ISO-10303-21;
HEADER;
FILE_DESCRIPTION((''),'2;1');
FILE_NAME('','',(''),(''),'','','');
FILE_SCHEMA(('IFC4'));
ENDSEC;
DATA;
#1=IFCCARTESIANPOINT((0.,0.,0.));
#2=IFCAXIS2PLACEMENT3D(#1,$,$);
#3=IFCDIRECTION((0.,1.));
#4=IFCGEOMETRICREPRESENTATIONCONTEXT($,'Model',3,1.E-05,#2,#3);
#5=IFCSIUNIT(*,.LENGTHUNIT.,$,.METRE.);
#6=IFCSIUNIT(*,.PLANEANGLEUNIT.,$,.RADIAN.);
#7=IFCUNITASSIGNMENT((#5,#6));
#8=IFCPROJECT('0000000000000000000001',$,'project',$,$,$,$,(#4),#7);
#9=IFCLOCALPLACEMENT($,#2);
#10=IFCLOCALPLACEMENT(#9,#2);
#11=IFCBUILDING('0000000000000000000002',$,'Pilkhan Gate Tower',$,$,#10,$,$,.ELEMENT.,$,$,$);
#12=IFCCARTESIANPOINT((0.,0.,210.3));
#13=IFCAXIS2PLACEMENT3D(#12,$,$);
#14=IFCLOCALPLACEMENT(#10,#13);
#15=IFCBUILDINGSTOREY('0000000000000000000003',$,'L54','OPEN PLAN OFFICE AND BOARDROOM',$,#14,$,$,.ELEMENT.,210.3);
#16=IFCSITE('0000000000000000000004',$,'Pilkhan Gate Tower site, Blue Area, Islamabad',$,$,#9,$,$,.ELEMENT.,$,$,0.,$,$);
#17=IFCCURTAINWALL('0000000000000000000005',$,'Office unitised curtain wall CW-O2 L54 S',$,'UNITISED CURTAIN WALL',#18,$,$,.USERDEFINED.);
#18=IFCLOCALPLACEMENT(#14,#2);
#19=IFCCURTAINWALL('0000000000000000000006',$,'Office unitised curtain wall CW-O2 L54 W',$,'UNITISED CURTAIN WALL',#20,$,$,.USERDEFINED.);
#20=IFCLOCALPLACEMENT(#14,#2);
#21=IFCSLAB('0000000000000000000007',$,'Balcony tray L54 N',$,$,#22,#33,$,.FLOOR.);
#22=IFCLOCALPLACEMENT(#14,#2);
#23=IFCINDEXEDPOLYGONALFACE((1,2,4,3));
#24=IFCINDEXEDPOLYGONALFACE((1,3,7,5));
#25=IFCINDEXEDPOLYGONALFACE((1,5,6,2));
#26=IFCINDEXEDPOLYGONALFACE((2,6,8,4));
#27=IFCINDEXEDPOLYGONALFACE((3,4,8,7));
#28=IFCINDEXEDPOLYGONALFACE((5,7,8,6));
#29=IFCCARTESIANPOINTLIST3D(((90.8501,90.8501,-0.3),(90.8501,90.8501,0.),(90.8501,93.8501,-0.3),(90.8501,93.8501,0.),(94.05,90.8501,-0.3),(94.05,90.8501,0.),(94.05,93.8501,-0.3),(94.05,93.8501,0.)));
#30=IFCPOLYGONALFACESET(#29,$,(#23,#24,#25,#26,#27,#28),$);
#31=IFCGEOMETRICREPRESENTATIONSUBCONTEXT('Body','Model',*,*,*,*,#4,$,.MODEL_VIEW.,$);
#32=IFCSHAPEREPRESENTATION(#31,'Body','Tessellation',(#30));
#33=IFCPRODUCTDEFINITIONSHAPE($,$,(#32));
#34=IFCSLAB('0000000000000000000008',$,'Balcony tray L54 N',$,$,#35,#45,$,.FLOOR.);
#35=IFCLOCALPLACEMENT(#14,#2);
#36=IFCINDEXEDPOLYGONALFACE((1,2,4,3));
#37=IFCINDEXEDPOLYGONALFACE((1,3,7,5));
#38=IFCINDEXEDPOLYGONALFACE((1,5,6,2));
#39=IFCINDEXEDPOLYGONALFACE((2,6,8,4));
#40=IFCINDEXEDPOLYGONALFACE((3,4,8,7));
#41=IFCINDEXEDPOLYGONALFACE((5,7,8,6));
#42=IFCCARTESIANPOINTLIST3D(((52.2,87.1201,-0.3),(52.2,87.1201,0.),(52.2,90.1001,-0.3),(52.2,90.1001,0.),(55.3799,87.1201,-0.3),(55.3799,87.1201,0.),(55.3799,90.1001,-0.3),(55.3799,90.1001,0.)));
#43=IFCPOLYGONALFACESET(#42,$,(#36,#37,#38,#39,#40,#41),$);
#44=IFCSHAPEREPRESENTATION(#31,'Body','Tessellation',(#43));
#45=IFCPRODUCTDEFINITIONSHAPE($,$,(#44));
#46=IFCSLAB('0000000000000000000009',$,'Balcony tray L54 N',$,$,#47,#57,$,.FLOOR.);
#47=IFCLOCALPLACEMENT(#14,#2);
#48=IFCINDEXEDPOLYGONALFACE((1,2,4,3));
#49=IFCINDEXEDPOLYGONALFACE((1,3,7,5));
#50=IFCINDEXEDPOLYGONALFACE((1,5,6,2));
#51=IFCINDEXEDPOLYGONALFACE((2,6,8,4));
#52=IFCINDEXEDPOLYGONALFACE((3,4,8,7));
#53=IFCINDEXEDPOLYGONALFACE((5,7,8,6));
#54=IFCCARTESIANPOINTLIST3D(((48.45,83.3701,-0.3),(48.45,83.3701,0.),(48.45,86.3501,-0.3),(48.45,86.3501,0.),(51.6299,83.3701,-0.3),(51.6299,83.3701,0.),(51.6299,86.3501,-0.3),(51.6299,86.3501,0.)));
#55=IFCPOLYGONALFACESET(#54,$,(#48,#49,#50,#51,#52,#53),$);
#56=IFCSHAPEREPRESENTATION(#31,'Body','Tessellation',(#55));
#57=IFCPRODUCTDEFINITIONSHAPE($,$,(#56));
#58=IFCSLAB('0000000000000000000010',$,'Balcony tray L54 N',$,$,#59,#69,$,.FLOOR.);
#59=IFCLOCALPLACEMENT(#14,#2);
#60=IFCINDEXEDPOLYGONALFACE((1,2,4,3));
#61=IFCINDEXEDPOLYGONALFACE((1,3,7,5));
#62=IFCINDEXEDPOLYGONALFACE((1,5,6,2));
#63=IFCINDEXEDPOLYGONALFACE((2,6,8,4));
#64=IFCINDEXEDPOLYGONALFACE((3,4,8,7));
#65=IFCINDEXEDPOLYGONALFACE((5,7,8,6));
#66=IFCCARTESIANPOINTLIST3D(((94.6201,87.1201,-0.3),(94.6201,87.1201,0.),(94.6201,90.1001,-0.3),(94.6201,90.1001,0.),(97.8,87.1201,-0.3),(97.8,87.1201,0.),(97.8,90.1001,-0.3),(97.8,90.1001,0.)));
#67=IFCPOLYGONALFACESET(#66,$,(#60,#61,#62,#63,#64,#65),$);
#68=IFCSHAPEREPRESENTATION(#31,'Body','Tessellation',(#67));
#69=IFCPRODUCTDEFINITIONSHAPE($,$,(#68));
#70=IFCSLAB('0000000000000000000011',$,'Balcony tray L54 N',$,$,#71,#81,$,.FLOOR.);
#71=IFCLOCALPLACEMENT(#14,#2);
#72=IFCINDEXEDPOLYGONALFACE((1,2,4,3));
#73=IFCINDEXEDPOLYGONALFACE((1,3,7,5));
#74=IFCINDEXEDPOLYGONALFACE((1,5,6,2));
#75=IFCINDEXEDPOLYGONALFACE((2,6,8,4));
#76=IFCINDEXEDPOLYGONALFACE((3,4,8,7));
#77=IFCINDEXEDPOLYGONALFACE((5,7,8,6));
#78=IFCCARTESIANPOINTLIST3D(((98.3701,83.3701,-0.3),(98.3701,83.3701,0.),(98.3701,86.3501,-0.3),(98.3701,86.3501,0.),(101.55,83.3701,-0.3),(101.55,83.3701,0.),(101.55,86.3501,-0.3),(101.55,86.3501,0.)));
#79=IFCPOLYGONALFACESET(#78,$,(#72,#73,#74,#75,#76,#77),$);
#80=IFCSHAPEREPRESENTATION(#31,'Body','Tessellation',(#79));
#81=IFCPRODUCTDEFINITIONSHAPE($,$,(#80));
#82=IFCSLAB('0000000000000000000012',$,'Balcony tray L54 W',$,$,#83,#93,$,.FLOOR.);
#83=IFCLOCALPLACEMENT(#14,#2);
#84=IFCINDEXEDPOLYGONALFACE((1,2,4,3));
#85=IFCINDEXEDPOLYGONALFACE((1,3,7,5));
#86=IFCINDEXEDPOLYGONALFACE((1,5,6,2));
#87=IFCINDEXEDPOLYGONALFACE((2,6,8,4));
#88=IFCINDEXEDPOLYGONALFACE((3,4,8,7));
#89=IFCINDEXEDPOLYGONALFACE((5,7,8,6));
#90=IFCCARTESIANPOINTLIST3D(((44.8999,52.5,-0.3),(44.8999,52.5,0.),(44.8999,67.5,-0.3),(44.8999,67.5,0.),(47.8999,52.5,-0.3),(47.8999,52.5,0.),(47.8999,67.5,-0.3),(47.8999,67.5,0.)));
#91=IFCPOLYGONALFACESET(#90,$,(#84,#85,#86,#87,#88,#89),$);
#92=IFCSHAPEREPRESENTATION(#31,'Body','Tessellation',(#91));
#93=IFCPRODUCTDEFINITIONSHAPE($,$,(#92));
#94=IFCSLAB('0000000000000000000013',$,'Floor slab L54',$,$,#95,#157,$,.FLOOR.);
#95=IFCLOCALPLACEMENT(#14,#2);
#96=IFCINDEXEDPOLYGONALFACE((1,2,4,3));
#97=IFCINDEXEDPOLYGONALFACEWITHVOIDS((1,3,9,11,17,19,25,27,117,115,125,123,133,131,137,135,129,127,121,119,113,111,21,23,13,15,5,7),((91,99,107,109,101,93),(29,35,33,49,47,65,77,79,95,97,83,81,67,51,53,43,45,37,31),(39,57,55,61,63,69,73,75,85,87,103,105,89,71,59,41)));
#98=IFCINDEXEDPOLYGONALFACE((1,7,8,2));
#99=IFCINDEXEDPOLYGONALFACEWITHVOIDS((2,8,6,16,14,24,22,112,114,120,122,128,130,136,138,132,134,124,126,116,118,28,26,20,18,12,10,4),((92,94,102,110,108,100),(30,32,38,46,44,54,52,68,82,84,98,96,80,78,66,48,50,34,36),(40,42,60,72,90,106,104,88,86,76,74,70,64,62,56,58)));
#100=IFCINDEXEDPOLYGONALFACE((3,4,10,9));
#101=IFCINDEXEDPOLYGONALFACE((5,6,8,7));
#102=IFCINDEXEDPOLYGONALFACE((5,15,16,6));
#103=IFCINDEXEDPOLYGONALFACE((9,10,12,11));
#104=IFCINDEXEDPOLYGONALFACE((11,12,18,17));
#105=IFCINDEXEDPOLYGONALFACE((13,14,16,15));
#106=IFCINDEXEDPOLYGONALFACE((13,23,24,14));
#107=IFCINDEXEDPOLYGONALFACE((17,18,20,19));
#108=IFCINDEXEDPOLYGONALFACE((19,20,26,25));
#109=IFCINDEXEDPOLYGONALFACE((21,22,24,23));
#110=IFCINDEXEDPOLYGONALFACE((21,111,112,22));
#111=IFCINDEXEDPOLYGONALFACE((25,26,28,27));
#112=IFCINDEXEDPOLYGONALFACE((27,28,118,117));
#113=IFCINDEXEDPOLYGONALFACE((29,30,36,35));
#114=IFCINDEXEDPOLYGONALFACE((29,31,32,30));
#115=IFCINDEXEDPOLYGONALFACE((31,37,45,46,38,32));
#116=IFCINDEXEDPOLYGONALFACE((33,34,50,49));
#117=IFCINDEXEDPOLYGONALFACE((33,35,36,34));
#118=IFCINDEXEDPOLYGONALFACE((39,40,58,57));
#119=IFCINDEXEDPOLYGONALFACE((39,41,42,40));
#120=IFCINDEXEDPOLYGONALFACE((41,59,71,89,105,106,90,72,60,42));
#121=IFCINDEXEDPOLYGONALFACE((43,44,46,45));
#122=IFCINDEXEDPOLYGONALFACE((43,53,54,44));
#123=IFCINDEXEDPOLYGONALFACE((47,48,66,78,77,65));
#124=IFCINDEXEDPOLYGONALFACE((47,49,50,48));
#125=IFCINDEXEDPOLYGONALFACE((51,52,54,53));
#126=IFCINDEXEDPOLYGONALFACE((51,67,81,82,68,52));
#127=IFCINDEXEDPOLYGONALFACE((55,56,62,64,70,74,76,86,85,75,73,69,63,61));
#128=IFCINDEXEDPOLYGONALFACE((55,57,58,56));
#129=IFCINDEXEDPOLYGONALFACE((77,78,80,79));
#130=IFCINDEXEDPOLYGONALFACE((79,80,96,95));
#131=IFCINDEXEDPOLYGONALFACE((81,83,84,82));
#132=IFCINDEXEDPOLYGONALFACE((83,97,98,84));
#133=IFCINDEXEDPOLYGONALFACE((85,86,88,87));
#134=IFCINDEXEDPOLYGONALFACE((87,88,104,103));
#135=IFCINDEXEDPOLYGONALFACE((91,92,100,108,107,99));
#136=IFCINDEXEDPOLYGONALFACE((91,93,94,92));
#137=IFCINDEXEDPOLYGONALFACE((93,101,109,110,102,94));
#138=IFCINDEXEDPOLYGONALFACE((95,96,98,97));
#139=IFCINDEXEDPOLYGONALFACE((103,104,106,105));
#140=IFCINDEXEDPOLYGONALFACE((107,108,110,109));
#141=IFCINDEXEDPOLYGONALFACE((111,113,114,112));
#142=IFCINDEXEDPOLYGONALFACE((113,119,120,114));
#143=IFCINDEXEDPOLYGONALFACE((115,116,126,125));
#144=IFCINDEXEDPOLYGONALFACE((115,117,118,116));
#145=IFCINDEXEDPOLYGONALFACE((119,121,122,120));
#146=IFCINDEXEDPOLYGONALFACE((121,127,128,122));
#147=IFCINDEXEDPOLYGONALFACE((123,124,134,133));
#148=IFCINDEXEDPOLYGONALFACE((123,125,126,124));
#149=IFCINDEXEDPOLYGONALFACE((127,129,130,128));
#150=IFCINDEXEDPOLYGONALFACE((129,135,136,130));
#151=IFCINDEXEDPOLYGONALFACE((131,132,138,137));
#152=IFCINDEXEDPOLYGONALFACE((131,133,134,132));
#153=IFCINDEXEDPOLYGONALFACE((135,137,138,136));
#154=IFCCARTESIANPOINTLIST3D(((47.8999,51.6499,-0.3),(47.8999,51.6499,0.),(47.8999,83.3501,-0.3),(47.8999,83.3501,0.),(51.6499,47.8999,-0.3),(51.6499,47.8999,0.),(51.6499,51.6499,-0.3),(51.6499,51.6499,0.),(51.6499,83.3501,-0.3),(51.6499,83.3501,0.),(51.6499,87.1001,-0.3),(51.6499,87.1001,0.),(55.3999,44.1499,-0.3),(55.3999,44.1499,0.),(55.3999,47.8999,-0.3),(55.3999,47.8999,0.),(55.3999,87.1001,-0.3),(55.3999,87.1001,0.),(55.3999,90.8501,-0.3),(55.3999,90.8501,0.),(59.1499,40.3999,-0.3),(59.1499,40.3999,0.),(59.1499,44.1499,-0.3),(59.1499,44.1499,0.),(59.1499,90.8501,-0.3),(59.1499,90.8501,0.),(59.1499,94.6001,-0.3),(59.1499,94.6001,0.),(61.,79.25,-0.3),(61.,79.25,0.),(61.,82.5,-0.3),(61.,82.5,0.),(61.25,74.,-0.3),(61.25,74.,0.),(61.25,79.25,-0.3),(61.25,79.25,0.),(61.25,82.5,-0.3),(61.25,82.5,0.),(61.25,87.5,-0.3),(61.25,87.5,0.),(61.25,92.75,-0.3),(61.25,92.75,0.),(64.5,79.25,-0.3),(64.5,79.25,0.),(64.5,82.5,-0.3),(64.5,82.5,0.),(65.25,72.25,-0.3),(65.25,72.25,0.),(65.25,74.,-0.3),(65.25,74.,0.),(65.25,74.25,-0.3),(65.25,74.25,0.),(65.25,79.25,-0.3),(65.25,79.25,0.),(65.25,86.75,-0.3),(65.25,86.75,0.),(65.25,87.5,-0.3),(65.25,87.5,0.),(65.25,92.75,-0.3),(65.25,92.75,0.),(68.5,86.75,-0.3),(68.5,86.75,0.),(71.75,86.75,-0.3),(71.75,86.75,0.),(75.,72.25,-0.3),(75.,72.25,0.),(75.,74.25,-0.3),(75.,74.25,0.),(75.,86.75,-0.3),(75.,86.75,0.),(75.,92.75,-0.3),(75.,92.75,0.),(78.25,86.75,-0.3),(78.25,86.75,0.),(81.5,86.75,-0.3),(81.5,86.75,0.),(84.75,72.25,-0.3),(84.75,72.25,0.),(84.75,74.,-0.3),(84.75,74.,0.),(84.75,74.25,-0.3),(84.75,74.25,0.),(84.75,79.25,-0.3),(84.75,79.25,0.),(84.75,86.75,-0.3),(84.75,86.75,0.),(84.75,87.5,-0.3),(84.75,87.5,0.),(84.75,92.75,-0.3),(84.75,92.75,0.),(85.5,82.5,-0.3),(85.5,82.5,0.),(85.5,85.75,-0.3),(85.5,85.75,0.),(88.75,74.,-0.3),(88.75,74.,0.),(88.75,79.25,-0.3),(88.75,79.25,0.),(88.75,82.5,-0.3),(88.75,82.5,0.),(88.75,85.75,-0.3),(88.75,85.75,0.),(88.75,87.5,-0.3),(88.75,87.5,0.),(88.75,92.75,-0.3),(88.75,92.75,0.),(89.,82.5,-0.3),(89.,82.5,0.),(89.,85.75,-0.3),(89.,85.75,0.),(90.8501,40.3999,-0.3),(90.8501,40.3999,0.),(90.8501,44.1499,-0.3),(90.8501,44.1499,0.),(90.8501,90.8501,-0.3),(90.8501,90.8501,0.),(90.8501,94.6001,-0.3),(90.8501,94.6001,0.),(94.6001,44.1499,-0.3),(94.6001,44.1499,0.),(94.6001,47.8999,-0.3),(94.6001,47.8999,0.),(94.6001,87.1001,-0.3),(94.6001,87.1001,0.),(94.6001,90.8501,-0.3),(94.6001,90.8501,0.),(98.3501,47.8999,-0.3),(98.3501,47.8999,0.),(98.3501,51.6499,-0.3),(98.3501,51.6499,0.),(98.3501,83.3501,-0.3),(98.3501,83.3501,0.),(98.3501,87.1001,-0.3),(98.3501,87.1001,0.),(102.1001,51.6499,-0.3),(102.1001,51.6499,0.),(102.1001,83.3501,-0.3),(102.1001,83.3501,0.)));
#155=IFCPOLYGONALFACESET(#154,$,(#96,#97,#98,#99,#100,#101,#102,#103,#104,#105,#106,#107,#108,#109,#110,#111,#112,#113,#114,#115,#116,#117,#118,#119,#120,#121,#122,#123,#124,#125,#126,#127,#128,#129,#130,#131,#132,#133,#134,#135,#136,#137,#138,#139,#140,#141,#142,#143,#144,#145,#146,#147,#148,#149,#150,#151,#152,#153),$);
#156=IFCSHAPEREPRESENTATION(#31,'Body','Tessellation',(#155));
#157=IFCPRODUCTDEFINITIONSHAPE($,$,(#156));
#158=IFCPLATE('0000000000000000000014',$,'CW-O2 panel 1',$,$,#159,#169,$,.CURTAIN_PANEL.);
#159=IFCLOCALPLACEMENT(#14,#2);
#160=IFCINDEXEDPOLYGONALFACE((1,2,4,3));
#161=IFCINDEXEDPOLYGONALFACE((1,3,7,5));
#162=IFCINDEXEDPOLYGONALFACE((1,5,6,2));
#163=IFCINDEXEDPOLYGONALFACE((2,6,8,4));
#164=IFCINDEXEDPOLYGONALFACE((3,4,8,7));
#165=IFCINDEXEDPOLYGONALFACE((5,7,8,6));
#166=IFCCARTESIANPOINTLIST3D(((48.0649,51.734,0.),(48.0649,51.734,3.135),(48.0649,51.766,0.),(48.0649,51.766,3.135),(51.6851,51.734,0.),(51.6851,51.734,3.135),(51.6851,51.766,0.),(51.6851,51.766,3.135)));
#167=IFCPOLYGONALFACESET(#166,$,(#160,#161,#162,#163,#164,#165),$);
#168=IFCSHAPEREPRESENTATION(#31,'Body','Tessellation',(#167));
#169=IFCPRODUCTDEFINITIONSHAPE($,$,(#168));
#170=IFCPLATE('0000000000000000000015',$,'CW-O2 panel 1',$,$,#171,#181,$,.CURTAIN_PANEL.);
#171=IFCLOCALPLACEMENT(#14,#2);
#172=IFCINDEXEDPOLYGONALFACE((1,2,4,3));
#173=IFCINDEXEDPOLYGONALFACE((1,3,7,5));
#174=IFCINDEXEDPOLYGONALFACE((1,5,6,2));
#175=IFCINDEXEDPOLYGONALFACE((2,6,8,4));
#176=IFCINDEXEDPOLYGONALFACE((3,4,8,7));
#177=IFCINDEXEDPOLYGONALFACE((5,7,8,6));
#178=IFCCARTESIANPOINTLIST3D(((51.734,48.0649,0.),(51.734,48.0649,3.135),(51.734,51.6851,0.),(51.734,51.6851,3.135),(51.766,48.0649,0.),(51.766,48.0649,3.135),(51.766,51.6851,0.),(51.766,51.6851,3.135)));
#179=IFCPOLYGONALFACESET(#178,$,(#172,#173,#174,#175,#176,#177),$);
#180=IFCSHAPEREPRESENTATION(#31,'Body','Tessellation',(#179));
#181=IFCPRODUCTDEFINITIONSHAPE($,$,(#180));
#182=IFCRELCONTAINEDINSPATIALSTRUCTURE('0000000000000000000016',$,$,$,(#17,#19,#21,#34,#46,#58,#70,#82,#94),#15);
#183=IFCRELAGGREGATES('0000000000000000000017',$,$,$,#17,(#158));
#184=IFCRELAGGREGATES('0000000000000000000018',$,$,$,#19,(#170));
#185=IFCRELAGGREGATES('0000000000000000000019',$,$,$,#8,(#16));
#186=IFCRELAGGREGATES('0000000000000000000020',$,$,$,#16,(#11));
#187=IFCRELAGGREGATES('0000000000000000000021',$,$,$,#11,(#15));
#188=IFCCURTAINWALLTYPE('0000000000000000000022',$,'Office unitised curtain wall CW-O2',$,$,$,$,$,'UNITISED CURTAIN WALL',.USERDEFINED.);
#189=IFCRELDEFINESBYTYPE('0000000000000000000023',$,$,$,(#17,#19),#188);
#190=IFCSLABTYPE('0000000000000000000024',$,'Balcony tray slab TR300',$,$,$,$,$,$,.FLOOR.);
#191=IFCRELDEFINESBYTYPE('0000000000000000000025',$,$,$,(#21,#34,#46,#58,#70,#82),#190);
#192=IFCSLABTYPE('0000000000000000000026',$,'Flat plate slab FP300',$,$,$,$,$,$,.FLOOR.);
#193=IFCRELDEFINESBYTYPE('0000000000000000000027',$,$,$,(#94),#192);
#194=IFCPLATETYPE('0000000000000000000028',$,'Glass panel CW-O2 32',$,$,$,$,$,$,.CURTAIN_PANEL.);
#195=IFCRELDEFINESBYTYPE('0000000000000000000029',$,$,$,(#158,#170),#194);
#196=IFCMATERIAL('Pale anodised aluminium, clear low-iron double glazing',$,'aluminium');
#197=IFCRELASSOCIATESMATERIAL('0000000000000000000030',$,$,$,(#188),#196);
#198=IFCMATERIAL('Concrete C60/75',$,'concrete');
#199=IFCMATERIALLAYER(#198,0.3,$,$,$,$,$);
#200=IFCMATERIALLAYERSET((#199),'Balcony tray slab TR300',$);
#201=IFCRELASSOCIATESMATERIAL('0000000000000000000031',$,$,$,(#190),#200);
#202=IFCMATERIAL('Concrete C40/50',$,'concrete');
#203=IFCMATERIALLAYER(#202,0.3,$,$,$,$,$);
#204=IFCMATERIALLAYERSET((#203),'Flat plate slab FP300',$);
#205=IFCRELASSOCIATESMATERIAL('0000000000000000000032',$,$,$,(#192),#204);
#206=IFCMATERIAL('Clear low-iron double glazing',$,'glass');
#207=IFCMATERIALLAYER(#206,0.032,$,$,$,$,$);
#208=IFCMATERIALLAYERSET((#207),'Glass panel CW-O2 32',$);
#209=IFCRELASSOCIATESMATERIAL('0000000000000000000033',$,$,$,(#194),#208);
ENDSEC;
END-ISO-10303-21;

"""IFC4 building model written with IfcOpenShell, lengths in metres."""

from ifc_helpers import new_model, si_unit, direction, frame, origin, origin_2d, place, context, subcontext, project, spatial, polyline, rectangle, outline, extrude, material, layer, layer_set, type_object, element, aggregate, save


model = new_model("IFC4")

# Units and contexts
model_context = context("Model", 3, precision=1e-05, world=origin(), true_north=direction((0.0, 1.0)))
body_context = subcontext(model_context, "Body", "Model", "MODEL_VIEW")
ifc_project = project(units=[si_unit("LENGTHUNIT", "METRE"), si_unit("PLANEANGLEUNIT", "RADIAN")], contexts=[model_context])

# Site, building, storey
site_placement = place(None, origin())
site = spatial("IfcSite", under=ifc_project, at=site_placement, Name="Pilkhan Gate Tower site, Blue Area, Islamabad", CompositionType="ELEMENT", RefElevation=0.0)
building_placement = place(site_placement, origin())
building = spatial("IfcBuilding", under=site, at=building_placement, Name="Pilkhan Gate Tower", CompositionType="ELEMENT")
storey_placement = place(building_placement, frame((0.0, 0.0, 210.3)))
storey = spatial("IfcBuildingStorey", under=building, at=storey_placement, Name="L54", Description="OPEN PLAN OFFICE AND BOARDROOM", CompositionType="ELEMENT", Elevation=210.3)

# Shared definitions
ifc_material_1 = material(Name="Pale anodised aluminium, clear low-iron double glazing", Category="aluminium")
curtain_wall_type = type_object("IfcCurtainWallType", Name="Office unitised curtain wall CW-O2", ElementType="UNITISED CURTAIN WALL", PredefinedType="USERDEFINED", material=ifc_material_1)

# Curtain walls
curtain_wall_1_placement = place(storey_placement, origin())
curtain_wall_1 = element("IfcCurtainWall", 1, at=curtain_wall_1_placement, inside=storey, type_object=curtain_wall_type, Name="Office unitised curtain wall CW-O2 L54 S", ObjectType="UNITISED CURTAIN WALL", PredefinedType="USERDEFINED")
curtain_wall_2_placement = place(storey_placement, origin())
curtain_wall_2 = element("IfcCurtainWall", 2, at=curtain_wall_2_placement, inside=storey, type_object=curtain_wall_type, Name="Office unitised curtain wall CW-O2 L54 W", ObjectType="UNITISED CURTAIN WALL", PredefinedType="USERDEFINED")

# Slabs
ifc_material_2 = material(Name="Concrete C60/75", Category="concrete")
ifc_layer_1 = layer(ifc_material_2, 0.3)
ifc_layer_set_1 = layer_set([ifc_layer_1], Name="Balcony tray slab TR300")
slab_type_1 = type_object("IfcSlabType", Name="Balcony tray slab TR300", PredefinedType="FLOOR", material=ifc_layer_set_1)
slab_1_placement = place(storey_placement, frame((0.0, 0.0, -0.3)))
element("IfcSlab", 3, at=slab_1_placement, inside=storey, type_object=slab_type_1, Name="Balcony tray L54 N", PredefinedType="FLOOR", context=body_context, shape_type="SweptSolid", body=[
    extrude(outline(polyline([(94.05, 90.8501), (94.05, 93.8501), (90.8501, 93.8501), (90.8501, 90.8501), (94.05, 90.8501)])), origin(), (0.0, 0.0, 1.0), 0.3),
])
slab_2_placement = place(storey_placement, frame((0.0, 0.0, -0.3)))
element("IfcSlab", 4, at=slab_2_placement, inside=storey, type_object=slab_type_1, Name="Balcony tray L54 N", PredefinedType="FLOOR", context=body_context, shape_type="SweptSolid", body=[
    extrude(outline(polyline([(55.3799, 87.1201), (55.3799, 90.1001), (52.2, 90.1001), (52.2, 87.1201), (55.3799, 87.1201)])), origin(), (0.0, 0.0, 1.0), 0.3),
])
slab_3_placement = place(storey_placement, frame((0.0, 0.0, -0.3)))
element("IfcSlab", 5, at=slab_3_placement, inside=storey, type_object=slab_type_1, Name="Balcony tray L54 N", PredefinedType="FLOOR", context=body_context, shape_type="SweptSolid", body=[
    extrude(outline(polyline([(51.6299, 83.3701), (51.6299, 86.3501), (48.45, 86.3501), (48.45, 83.3701), (51.6299, 83.3701)])), origin(), (0.0, 0.0, 1.0), 0.3),
])
slab_4_placement = place(storey_placement, frame((0.0, 0.0, -0.3)))
element("IfcSlab", 6, at=slab_4_placement, inside=storey, type_object=slab_type_1, Name="Balcony tray L54 N", PredefinedType="FLOOR", context=body_context, shape_type="SweptSolid", body=[
    extrude(outline(polyline([(97.8, 87.1201), (97.8, 90.1001), (94.6201, 90.1001), (94.6201, 87.1201), (97.8, 87.1201)])), origin(), (0.0, 0.0, 1.0), 0.3),
])
slab_5_placement = place(storey_placement, frame((0.0, 0.0, -0.3)))
element("IfcSlab", 7, at=slab_5_placement, inside=storey, type_object=slab_type_1, Name="Balcony tray L54 N", PredefinedType="FLOOR", context=body_context, shape_type="SweptSolid", body=[
    extrude(outline(polyline([(101.55, 83.3701), (101.55, 86.3501), (98.3701, 86.3501), (98.3701, 83.3701), (101.55, 83.3701)])), origin(), (0.0, 0.0, 1.0), 0.3),
])
slab_6_placement = place(storey_placement, frame((0.0, 0.0, -0.3)))
element("IfcSlab", 8, at=slab_6_placement, inside=storey, type_object=slab_type_1, Name="Balcony tray L54 W", PredefinedType="FLOOR", context=body_context, shape_type="SweptSolid", body=[
    extrude(outline(polyline([(47.8999, 52.5), (47.8999, 67.5), (44.8999, 67.5), (44.8999, 52.5), (47.8999, 52.5)])), origin(), (0.0, 0.0, 1.0), 0.3),
])
ifc_material_3 = material(Name="Concrete C40/50", Category="concrete")
ifc_layer_2 = layer(ifc_material_3, 0.3)
ifc_layer_set_2 = layer_set([ifc_layer_2], Name="Flat plate slab FP300")
slab_type_2 = type_object("IfcSlabType", Name="Flat plate slab FP300", PredefinedType="FLOOR", material=ifc_layer_set_2)
slab_7_placement = place(storey_placement, frame((0.0, 0.0, -0.3)))
element("IfcSlab", 9, at=slab_7_placement, inside=storey, type_object=slab_type_2, Name="Floor slab L54", PredefinedType="FLOOR", context=body_context, shape_type="SweptSolid", body=[
    extrude(outline(polyline([(98.3501, 47.8999), (94.6001, 47.8999), (94.6001, 44.1499), (90.8501, 44.1499), (90.8501, 40.3999), (59.1499, 40.3999), (59.1499, 44.1499), (55.3999, 44.1499), (55.3999, 47.8999), (51.6499, 47.8999), (51.6499, 51.6499), (47.8999, 51.6499), (47.8999, 83.3501), (51.6499, 83.3501), (51.6499, 87.1001), (55.3999, 87.1001), (55.3999, 90.8501), (59.1499, 90.8501), (59.1499, 94.6001), (90.8501, 94.6001), (90.8501, 90.8501), (94.6001, 90.8501), (94.6001, 87.1001), (98.3501, 87.1001), (98.3501, 83.3501), (102.1001, 83.3501), (102.1001, 51.6499), (98.3501, 51.6499), (98.3501, 47.8999)]), holes=[polyline([(75.0, 72.25), (84.75, 72.25), (84.75, 74.0), (88.75, 74.0), (88.75, 79.25), (84.75, 79.25), (84.75, 74.25), (75.0, 74.25), (65.25, 74.25), (65.25, 79.25), (64.5, 79.25), (64.5, 82.5), (61.25, 82.5), (61.0, 82.5), (61.0, 79.25), (61.25, 79.25), (61.25, 74.0), (65.25, 74.0), (65.25, 72.25), (75.0, 72.25)]), polyline([(68.5, 86.75), (71.75, 86.75), (75.0, 86.75), (78.25, 86.75), (81.5, 86.75), (84.75, 86.75), (84.75, 87.5), (88.75, 87.5), (88.75, 92.75), (84.75, 92.75), (75.0, 92.75), (65.25, 92.75), (61.25, 92.75), (61.25, 87.5), (65.25, 87.5), (65.25, 86.75), (68.5, 86.75)]), polyline([(85.5, 85.75), (85.5, 82.5), (88.75, 82.5), (89.0, 82.5), (89.0, 85.75), (88.75, 85.75), (85.5, 85.75)])]), origin(), (0.0, 0.0, 1.0), 0.3),
])

# Plates
ifc_material_4 = material(Name="Clear low-iron double glazing", Category="glass")
ifc_layer_3 = layer(ifc_material_4, 0.032)
ifc_layer_set_3 = layer_set([ifc_layer_3], Name="Glass panel CW-O2 32")
plate_type = type_object("IfcPlateType", Name="Glass panel CW-O2 32", PredefinedType="CURTAIN_PANEL", material=ifc_layer_set_3)
plate_1_placement = place(storey_placement, frame((49.875, 51.75, 0.0), z_axis=(0.0, 0.0, 1.0), x_axis=(1.0, 0.0, 0.0)))
plate_1 = element("IfcPlate", 10, at=plate_1_placement, type_object=plate_type, Name="CW-O2 panel 1", PredefinedType="CURTAIN_PANEL", context=body_context, shape_type="SweptSolid", body=[
    extrude(rectangle(XDim=3.6201, YDim=0.032, at=origin_2d()), origin(), (0.0, 0.0, 1.0), 3.135),
])
aggregate(curtain_wall_1, [plate_1])
plate_2_placement = place(storey_placement, frame((51.75, 49.875, 0.0), z_axis=(0.0, 0.0, 1.0), x_axis=(0.0, 1.0, 0.0)))
plate_2 = element("IfcPlate", 11, at=plate_2_placement, type_object=plate_type, Name="CW-O2 panel 1", PredefinedType="CURTAIN_PANEL", context=body_context, shape_type="SweptSolid", body=[
    extrude(rectangle(XDim=3.6201, YDim=0.032, at=origin_2d()), origin(), (0.0, 0.0, 1.0), 3.135),
])
aggregate(curtain_wall_2, [plate_2])

save(model, "model.ifc")
